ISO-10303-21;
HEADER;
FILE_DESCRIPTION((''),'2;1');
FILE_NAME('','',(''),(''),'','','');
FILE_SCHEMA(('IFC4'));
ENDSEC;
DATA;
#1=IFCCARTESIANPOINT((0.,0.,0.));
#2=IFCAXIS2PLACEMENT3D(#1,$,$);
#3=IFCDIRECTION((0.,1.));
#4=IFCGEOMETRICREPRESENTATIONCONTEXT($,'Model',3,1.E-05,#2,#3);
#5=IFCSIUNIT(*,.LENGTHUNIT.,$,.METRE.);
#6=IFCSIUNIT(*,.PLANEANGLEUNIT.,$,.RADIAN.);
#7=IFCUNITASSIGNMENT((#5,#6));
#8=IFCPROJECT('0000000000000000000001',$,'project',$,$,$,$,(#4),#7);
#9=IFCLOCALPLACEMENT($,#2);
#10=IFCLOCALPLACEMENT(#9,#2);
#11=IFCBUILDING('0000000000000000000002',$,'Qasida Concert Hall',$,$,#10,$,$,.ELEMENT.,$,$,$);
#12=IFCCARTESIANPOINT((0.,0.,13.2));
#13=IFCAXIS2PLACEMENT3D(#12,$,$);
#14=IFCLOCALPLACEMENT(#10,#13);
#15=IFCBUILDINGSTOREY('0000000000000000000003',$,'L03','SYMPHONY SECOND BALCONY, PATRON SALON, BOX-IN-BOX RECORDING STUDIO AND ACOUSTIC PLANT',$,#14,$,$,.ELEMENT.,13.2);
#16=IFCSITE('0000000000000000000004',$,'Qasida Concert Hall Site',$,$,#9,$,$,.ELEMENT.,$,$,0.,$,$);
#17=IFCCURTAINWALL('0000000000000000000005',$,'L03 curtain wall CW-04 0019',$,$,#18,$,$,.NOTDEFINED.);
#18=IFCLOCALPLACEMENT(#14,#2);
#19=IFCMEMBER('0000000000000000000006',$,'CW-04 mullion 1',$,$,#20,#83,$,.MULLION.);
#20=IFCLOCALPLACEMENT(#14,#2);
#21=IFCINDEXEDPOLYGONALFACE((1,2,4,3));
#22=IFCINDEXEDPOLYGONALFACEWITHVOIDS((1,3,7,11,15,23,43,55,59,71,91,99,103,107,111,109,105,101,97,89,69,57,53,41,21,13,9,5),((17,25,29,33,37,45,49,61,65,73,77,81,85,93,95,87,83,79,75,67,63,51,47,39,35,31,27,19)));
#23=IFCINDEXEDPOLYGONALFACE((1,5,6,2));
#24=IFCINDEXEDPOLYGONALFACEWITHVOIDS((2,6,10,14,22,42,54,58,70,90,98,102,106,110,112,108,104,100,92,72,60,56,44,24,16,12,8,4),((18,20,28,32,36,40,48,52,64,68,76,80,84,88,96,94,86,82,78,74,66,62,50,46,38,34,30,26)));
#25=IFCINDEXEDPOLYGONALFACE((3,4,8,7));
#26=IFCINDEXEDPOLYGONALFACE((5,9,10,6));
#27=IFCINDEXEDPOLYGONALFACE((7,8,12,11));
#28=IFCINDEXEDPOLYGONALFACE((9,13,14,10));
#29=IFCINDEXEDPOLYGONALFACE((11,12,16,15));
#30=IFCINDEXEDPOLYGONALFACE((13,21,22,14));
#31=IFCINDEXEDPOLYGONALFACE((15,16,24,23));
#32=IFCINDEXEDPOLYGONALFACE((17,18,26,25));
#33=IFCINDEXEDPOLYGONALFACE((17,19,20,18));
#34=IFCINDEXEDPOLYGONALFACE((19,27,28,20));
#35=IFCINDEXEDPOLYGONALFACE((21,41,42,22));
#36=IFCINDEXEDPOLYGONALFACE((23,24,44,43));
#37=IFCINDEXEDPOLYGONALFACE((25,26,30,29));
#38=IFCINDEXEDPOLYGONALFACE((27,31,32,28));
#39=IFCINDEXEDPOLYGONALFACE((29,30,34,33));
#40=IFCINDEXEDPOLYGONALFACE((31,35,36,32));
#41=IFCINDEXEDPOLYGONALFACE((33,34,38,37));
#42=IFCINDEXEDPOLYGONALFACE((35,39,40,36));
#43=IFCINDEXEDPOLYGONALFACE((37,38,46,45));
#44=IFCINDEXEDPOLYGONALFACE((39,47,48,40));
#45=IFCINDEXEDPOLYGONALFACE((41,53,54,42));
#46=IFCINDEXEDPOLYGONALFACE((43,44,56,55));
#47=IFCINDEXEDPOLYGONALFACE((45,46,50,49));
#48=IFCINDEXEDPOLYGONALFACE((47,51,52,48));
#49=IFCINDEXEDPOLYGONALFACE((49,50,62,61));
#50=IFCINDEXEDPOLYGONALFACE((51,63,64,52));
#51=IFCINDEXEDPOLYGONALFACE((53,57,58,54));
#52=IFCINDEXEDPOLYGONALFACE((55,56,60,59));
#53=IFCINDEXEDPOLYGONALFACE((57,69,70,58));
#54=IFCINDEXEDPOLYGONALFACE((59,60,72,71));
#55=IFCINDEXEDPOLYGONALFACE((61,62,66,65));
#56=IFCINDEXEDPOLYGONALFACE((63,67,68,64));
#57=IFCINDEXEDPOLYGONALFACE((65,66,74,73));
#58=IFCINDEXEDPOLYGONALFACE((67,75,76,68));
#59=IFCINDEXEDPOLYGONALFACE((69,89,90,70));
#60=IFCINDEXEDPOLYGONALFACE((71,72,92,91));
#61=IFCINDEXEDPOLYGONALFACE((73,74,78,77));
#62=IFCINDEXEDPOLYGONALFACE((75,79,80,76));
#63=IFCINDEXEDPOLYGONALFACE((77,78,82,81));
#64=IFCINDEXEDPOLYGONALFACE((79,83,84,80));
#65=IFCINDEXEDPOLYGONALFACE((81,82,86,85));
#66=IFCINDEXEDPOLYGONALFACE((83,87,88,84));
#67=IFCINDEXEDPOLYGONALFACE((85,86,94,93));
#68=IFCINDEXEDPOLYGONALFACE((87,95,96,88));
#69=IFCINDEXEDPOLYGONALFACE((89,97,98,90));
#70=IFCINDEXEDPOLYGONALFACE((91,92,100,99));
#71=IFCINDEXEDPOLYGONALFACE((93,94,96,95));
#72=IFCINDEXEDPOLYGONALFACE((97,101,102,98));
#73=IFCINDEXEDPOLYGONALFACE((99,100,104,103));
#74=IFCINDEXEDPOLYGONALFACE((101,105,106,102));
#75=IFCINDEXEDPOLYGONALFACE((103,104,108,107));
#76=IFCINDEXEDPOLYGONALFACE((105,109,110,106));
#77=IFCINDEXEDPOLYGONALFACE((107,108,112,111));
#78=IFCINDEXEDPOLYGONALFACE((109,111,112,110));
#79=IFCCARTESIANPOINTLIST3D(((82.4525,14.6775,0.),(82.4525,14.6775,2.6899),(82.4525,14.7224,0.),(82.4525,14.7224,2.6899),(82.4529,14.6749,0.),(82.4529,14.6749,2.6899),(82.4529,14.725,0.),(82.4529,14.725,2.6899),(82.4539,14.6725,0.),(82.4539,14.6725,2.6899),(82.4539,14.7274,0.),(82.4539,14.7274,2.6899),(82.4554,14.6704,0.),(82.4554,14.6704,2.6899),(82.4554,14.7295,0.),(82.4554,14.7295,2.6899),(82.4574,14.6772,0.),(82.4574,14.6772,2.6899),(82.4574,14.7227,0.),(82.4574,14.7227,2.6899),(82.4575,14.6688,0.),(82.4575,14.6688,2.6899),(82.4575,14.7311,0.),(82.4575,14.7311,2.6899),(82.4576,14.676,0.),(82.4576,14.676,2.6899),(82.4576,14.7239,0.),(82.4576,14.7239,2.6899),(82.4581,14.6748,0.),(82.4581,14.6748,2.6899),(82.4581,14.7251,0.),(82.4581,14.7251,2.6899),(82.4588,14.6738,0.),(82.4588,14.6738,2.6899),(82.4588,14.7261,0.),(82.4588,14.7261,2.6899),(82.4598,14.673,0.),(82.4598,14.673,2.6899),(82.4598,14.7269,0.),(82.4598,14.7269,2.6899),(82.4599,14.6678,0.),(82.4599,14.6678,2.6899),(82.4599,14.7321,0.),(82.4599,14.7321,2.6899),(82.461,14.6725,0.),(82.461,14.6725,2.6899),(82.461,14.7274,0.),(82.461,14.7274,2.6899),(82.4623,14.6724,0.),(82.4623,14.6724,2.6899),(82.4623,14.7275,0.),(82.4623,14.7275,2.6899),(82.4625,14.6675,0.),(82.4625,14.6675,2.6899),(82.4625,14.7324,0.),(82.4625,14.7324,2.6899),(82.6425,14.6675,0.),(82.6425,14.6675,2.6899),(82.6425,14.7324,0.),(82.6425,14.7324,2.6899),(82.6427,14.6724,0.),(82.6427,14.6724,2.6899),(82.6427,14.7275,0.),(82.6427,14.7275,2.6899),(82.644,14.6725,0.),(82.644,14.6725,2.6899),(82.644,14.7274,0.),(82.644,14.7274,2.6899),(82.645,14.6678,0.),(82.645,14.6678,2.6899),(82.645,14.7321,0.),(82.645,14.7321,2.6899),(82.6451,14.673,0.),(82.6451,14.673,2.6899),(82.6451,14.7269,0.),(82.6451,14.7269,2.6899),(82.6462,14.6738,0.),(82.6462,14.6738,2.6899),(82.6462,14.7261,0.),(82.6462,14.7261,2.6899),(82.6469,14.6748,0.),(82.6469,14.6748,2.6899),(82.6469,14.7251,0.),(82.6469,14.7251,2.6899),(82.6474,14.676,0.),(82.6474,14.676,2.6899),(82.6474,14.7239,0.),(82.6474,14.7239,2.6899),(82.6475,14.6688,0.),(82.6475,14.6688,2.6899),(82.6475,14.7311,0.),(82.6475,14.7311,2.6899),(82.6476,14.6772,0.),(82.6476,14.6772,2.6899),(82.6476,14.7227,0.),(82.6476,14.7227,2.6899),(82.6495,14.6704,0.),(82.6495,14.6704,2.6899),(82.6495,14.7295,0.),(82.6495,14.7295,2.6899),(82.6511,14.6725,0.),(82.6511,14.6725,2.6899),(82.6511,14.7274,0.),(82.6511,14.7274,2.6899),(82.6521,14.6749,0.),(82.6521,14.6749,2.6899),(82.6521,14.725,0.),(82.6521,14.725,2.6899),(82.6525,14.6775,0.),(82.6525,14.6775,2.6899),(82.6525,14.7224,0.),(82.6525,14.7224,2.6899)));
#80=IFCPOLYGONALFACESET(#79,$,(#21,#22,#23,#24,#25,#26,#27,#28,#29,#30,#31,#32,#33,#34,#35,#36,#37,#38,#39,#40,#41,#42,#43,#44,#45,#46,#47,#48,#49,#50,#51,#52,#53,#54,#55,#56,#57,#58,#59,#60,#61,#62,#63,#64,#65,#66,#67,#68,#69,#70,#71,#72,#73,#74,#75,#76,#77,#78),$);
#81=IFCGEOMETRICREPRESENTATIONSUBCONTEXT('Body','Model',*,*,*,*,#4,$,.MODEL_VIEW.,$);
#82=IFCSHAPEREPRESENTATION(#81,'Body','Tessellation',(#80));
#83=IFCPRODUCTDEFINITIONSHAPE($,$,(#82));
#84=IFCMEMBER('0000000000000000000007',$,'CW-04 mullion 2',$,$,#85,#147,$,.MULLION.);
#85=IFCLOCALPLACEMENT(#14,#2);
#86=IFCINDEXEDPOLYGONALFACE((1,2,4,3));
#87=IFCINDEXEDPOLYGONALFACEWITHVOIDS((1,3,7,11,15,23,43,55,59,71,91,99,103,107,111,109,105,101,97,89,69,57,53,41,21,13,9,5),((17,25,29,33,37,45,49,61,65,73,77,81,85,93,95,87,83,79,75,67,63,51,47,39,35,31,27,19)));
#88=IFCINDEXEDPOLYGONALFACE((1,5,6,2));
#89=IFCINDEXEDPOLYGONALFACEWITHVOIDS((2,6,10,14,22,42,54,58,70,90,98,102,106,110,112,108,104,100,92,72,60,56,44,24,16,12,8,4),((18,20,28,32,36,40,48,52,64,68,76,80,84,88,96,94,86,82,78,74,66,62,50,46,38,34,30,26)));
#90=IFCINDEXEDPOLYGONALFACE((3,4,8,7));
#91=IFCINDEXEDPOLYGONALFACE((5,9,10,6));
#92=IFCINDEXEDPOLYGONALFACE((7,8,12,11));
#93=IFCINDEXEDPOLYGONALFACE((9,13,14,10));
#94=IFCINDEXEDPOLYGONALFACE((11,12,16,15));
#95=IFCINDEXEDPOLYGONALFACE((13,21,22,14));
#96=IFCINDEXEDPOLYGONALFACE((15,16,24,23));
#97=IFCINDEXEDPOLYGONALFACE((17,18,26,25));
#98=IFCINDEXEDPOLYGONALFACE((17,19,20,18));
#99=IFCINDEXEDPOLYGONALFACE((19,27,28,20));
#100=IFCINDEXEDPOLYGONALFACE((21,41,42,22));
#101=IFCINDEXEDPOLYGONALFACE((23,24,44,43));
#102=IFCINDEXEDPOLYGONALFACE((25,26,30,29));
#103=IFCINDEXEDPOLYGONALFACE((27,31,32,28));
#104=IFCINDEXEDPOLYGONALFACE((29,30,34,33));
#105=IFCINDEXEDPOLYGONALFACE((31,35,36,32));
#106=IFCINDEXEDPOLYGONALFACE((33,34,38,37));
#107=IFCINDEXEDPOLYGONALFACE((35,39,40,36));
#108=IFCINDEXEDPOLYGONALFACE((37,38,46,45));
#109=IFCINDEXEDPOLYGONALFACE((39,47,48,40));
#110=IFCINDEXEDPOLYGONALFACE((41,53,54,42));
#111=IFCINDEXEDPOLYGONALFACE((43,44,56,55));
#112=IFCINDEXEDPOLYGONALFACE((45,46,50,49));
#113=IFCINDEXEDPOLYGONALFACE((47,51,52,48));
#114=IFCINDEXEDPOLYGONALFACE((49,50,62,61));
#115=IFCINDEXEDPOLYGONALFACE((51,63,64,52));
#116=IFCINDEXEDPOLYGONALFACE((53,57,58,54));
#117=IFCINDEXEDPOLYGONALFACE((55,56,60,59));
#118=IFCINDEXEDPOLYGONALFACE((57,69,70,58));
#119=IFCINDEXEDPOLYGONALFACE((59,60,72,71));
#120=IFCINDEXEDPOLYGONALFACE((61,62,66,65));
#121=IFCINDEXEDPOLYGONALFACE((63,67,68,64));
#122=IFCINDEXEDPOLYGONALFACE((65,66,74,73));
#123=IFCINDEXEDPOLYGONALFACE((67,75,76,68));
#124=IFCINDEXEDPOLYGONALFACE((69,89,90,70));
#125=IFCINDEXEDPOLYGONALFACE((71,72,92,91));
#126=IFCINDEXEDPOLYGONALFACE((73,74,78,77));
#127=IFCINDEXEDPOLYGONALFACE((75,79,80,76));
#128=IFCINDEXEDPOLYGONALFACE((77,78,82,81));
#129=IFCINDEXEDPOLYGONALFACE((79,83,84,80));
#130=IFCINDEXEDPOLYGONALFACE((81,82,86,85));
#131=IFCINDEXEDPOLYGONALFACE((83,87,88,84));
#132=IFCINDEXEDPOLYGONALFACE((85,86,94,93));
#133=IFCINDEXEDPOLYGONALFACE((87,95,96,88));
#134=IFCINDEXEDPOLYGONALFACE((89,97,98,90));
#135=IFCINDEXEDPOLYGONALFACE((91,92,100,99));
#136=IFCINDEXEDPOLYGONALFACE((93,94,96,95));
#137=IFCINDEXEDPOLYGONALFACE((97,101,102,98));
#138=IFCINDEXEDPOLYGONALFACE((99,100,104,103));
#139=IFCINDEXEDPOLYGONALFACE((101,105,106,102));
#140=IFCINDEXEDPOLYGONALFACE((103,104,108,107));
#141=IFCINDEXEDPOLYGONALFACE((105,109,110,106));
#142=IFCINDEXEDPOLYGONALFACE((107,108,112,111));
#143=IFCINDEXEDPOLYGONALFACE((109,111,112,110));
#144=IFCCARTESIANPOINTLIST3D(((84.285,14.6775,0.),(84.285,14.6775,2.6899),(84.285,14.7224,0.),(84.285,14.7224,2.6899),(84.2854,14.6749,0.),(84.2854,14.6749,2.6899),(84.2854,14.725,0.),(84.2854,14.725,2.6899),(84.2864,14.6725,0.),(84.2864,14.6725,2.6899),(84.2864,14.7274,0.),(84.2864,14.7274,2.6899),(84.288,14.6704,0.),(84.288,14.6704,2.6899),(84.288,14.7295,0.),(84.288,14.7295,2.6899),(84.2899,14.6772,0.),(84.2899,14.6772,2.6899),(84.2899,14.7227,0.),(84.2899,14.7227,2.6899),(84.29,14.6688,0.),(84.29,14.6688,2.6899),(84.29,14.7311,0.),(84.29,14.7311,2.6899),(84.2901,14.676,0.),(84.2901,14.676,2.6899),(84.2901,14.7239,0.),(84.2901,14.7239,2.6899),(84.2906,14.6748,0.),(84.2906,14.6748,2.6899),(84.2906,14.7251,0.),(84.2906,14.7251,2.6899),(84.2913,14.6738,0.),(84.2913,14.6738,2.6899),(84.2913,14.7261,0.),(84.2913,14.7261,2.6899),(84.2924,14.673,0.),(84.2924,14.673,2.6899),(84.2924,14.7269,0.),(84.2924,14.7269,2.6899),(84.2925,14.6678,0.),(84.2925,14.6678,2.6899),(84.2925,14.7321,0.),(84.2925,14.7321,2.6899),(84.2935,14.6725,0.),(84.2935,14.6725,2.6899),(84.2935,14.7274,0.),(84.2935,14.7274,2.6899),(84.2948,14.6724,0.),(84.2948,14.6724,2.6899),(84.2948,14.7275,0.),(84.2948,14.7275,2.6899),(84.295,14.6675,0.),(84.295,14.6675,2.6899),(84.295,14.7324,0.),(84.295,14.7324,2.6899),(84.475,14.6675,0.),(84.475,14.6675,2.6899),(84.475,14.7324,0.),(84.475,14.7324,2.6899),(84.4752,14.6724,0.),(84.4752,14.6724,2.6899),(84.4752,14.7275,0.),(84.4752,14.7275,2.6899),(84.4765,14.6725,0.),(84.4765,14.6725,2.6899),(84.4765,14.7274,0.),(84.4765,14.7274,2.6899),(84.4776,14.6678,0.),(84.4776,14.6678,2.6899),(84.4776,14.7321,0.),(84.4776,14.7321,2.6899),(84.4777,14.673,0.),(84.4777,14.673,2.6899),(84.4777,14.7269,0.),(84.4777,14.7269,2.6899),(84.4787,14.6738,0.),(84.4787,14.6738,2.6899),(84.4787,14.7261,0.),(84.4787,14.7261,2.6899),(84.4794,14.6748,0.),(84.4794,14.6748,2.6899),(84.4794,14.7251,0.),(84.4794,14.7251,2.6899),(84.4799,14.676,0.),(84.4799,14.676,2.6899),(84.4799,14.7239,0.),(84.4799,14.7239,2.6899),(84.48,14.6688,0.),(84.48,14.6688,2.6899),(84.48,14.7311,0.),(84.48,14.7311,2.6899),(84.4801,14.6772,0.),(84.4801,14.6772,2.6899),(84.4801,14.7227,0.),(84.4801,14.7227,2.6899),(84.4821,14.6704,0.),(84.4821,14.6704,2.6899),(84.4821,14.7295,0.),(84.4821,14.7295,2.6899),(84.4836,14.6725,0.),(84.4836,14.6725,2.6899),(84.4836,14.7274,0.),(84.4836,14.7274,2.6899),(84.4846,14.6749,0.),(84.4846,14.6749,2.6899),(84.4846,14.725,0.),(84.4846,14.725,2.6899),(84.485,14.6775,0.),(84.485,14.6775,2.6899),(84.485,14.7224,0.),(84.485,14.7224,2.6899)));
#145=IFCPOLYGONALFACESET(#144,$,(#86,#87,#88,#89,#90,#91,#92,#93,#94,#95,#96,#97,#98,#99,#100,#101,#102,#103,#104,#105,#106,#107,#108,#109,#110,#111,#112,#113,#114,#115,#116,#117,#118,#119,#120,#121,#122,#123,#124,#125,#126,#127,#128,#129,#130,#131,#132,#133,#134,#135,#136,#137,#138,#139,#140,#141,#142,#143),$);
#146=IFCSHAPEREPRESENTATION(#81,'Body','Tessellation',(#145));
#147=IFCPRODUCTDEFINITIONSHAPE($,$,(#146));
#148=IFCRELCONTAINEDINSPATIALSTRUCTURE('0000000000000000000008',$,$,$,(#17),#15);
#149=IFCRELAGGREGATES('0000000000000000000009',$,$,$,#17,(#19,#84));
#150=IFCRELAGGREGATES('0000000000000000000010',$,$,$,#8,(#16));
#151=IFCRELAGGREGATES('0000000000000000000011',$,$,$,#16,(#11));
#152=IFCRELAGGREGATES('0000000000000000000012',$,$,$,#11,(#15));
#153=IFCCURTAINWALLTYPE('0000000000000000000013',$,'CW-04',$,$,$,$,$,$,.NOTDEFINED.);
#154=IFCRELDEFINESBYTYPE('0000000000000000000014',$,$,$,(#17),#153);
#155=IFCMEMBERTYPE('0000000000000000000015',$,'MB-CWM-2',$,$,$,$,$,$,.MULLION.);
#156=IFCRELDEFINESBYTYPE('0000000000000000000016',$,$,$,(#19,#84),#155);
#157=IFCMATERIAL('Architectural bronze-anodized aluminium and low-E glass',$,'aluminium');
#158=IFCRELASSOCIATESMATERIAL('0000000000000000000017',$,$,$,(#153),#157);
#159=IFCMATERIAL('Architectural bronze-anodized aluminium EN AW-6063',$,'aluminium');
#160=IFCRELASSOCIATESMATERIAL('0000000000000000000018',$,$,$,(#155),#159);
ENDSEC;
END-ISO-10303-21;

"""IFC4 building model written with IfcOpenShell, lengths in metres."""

from ifc_helpers import new_model, si_unit, direction, frame, origin, origin_2d, place, context, subcontext, project, spatial, hollow_rectangle, extrude, material, material_profile, profile_set, type_object, element, aggregate, save


model = new_model("IFC4")

# Units and contexts
model_context = context("Model", 3, precision=1e-05, world=origin(), true_north=direction((0.0, 1.0)))
body_context = subcontext(model_context, "Body", "Model", "MODEL_VIEW")
ifc_project = project(units=[si_unit("LENGTHUNIT", "METRE"), si_unit("PLANEANGLEUNIT", "RADIAN")], contexts=[model_context])

# Site, building, storey
site_placement = place(None, origin())
site = spatial("IfcSite", under=ifc_project, at=site_placement, Name="Qasida Concert Hall Site", CompositionType="ELEMENT", RefElevation=0.0)
building_placement = place(site_placement, origin())
building = spatial("IfcBuilding", under=site, at=building_placement, Name="Qasida Concert Hall", CompositionType="ELEMENT")
storey_placement = place(building_placement, frame((0.0, 0.0, 13.2)))
storey = spatial("IfcBuildingStorey", under=building, at=storey_placement, Name="L03", Description="SYMPHONY SECOND BALCONY, PATRON SALON, BOX-IN-BOX RECORDING STUDIO AND ACOUSTIC PLANT", CompositionType="ELEMENT", Elevation=13.2)

# Curtain wall, members
ifc_material_1 = material(Name="Architectural bronze-anodized aluminium and low-E glass", Category="aluminium")
curtain_wall_type = type_object("IfcCurtainWallType", Name="CW-04", PredefinedType="NOTDEFINED", material=ifc_material_1)
ifc_material_2 = material(Name="Architectural bronze-anodized aluminium EN AW-6063", Category="aluminium")
ifc_material_profile_1 = material_profile(ifc_material_2, hollow_rectangle(XDim=0.0649, YDim=0.2, WallThickness=0.0049, InnerFilletRadius=0.0049, OuterFilletRadius=0.01, at=origin_2d()), Name="CWM 200x65x5")
ifc_profile_set_1 = profile_set([ifc_material_profile_1], Name="Architectural bronze-anodized aluminium EN AW-6063")
member_type_1 = type_object("IfcMemberType", Name="MB-CWM-2", PredefinedType="MULLION", material=ifc_profile_set_1)
curtain_wall_1_placement = place(storey_placement, origin())
curtain_wall_1 = element("IfcCurtainWall", 1, at=curtain_wall_1_placement, inside=storey, type_object=curtain_wall_type, Name="L03 curtain wall CW-04 0019", PredefinedType="NOTDEFINED")
member_1_placement = place(storey_placement, frame((82.5525, 14.7, 0.0), z_axis=(0.0, 0.0, 1.0), x_axis=(0.0, 1.0, 0.0)))
member_1 = element("IfcMember", 2, at=member_1_placement, type_object=member_type_1, Name="CW-04 mullion 1", PredefinedType="MULLION", context=body_context, shape_type="SweptSolid", body=[
    extrude(hollow_rectangle(XDim=0.0649, YDim=0.2, WallThickness=0.0049, InnerFilletRadius=0.0049, OuterFilletRadius=0.01, at=origin_2d()), origin(), (0.0, 0.0, 1.0), 2.6899),
])
member_2_placement = place(storey_placement, frame((84.385, 14.7, 0.0), z_axis=(0.0, 0.0, 1.0), x_axis=(0.0, 1.0, 0.0)))
member_2 = element("IfcMember", 3, at=member_2_placement, type_object=member_type_1, Name="CW-04 mullion 2", PredefinedType="MULLION", context=body_context, shape_type="SweptSolid", body=[
    extrude(hollow_rectangle(XDim=0.0649, YDim=0.2, WallThickness=0.0049, InnerFilletRadius=0.0049, OuterFilletRadius=0.01, at=origin_2d()), origin(), (0.0, 0.0, 1.0), 2.6899),
])

aggregate(curtain_wall_1, [member_1, member_2])

save(model, "model.ifc")
